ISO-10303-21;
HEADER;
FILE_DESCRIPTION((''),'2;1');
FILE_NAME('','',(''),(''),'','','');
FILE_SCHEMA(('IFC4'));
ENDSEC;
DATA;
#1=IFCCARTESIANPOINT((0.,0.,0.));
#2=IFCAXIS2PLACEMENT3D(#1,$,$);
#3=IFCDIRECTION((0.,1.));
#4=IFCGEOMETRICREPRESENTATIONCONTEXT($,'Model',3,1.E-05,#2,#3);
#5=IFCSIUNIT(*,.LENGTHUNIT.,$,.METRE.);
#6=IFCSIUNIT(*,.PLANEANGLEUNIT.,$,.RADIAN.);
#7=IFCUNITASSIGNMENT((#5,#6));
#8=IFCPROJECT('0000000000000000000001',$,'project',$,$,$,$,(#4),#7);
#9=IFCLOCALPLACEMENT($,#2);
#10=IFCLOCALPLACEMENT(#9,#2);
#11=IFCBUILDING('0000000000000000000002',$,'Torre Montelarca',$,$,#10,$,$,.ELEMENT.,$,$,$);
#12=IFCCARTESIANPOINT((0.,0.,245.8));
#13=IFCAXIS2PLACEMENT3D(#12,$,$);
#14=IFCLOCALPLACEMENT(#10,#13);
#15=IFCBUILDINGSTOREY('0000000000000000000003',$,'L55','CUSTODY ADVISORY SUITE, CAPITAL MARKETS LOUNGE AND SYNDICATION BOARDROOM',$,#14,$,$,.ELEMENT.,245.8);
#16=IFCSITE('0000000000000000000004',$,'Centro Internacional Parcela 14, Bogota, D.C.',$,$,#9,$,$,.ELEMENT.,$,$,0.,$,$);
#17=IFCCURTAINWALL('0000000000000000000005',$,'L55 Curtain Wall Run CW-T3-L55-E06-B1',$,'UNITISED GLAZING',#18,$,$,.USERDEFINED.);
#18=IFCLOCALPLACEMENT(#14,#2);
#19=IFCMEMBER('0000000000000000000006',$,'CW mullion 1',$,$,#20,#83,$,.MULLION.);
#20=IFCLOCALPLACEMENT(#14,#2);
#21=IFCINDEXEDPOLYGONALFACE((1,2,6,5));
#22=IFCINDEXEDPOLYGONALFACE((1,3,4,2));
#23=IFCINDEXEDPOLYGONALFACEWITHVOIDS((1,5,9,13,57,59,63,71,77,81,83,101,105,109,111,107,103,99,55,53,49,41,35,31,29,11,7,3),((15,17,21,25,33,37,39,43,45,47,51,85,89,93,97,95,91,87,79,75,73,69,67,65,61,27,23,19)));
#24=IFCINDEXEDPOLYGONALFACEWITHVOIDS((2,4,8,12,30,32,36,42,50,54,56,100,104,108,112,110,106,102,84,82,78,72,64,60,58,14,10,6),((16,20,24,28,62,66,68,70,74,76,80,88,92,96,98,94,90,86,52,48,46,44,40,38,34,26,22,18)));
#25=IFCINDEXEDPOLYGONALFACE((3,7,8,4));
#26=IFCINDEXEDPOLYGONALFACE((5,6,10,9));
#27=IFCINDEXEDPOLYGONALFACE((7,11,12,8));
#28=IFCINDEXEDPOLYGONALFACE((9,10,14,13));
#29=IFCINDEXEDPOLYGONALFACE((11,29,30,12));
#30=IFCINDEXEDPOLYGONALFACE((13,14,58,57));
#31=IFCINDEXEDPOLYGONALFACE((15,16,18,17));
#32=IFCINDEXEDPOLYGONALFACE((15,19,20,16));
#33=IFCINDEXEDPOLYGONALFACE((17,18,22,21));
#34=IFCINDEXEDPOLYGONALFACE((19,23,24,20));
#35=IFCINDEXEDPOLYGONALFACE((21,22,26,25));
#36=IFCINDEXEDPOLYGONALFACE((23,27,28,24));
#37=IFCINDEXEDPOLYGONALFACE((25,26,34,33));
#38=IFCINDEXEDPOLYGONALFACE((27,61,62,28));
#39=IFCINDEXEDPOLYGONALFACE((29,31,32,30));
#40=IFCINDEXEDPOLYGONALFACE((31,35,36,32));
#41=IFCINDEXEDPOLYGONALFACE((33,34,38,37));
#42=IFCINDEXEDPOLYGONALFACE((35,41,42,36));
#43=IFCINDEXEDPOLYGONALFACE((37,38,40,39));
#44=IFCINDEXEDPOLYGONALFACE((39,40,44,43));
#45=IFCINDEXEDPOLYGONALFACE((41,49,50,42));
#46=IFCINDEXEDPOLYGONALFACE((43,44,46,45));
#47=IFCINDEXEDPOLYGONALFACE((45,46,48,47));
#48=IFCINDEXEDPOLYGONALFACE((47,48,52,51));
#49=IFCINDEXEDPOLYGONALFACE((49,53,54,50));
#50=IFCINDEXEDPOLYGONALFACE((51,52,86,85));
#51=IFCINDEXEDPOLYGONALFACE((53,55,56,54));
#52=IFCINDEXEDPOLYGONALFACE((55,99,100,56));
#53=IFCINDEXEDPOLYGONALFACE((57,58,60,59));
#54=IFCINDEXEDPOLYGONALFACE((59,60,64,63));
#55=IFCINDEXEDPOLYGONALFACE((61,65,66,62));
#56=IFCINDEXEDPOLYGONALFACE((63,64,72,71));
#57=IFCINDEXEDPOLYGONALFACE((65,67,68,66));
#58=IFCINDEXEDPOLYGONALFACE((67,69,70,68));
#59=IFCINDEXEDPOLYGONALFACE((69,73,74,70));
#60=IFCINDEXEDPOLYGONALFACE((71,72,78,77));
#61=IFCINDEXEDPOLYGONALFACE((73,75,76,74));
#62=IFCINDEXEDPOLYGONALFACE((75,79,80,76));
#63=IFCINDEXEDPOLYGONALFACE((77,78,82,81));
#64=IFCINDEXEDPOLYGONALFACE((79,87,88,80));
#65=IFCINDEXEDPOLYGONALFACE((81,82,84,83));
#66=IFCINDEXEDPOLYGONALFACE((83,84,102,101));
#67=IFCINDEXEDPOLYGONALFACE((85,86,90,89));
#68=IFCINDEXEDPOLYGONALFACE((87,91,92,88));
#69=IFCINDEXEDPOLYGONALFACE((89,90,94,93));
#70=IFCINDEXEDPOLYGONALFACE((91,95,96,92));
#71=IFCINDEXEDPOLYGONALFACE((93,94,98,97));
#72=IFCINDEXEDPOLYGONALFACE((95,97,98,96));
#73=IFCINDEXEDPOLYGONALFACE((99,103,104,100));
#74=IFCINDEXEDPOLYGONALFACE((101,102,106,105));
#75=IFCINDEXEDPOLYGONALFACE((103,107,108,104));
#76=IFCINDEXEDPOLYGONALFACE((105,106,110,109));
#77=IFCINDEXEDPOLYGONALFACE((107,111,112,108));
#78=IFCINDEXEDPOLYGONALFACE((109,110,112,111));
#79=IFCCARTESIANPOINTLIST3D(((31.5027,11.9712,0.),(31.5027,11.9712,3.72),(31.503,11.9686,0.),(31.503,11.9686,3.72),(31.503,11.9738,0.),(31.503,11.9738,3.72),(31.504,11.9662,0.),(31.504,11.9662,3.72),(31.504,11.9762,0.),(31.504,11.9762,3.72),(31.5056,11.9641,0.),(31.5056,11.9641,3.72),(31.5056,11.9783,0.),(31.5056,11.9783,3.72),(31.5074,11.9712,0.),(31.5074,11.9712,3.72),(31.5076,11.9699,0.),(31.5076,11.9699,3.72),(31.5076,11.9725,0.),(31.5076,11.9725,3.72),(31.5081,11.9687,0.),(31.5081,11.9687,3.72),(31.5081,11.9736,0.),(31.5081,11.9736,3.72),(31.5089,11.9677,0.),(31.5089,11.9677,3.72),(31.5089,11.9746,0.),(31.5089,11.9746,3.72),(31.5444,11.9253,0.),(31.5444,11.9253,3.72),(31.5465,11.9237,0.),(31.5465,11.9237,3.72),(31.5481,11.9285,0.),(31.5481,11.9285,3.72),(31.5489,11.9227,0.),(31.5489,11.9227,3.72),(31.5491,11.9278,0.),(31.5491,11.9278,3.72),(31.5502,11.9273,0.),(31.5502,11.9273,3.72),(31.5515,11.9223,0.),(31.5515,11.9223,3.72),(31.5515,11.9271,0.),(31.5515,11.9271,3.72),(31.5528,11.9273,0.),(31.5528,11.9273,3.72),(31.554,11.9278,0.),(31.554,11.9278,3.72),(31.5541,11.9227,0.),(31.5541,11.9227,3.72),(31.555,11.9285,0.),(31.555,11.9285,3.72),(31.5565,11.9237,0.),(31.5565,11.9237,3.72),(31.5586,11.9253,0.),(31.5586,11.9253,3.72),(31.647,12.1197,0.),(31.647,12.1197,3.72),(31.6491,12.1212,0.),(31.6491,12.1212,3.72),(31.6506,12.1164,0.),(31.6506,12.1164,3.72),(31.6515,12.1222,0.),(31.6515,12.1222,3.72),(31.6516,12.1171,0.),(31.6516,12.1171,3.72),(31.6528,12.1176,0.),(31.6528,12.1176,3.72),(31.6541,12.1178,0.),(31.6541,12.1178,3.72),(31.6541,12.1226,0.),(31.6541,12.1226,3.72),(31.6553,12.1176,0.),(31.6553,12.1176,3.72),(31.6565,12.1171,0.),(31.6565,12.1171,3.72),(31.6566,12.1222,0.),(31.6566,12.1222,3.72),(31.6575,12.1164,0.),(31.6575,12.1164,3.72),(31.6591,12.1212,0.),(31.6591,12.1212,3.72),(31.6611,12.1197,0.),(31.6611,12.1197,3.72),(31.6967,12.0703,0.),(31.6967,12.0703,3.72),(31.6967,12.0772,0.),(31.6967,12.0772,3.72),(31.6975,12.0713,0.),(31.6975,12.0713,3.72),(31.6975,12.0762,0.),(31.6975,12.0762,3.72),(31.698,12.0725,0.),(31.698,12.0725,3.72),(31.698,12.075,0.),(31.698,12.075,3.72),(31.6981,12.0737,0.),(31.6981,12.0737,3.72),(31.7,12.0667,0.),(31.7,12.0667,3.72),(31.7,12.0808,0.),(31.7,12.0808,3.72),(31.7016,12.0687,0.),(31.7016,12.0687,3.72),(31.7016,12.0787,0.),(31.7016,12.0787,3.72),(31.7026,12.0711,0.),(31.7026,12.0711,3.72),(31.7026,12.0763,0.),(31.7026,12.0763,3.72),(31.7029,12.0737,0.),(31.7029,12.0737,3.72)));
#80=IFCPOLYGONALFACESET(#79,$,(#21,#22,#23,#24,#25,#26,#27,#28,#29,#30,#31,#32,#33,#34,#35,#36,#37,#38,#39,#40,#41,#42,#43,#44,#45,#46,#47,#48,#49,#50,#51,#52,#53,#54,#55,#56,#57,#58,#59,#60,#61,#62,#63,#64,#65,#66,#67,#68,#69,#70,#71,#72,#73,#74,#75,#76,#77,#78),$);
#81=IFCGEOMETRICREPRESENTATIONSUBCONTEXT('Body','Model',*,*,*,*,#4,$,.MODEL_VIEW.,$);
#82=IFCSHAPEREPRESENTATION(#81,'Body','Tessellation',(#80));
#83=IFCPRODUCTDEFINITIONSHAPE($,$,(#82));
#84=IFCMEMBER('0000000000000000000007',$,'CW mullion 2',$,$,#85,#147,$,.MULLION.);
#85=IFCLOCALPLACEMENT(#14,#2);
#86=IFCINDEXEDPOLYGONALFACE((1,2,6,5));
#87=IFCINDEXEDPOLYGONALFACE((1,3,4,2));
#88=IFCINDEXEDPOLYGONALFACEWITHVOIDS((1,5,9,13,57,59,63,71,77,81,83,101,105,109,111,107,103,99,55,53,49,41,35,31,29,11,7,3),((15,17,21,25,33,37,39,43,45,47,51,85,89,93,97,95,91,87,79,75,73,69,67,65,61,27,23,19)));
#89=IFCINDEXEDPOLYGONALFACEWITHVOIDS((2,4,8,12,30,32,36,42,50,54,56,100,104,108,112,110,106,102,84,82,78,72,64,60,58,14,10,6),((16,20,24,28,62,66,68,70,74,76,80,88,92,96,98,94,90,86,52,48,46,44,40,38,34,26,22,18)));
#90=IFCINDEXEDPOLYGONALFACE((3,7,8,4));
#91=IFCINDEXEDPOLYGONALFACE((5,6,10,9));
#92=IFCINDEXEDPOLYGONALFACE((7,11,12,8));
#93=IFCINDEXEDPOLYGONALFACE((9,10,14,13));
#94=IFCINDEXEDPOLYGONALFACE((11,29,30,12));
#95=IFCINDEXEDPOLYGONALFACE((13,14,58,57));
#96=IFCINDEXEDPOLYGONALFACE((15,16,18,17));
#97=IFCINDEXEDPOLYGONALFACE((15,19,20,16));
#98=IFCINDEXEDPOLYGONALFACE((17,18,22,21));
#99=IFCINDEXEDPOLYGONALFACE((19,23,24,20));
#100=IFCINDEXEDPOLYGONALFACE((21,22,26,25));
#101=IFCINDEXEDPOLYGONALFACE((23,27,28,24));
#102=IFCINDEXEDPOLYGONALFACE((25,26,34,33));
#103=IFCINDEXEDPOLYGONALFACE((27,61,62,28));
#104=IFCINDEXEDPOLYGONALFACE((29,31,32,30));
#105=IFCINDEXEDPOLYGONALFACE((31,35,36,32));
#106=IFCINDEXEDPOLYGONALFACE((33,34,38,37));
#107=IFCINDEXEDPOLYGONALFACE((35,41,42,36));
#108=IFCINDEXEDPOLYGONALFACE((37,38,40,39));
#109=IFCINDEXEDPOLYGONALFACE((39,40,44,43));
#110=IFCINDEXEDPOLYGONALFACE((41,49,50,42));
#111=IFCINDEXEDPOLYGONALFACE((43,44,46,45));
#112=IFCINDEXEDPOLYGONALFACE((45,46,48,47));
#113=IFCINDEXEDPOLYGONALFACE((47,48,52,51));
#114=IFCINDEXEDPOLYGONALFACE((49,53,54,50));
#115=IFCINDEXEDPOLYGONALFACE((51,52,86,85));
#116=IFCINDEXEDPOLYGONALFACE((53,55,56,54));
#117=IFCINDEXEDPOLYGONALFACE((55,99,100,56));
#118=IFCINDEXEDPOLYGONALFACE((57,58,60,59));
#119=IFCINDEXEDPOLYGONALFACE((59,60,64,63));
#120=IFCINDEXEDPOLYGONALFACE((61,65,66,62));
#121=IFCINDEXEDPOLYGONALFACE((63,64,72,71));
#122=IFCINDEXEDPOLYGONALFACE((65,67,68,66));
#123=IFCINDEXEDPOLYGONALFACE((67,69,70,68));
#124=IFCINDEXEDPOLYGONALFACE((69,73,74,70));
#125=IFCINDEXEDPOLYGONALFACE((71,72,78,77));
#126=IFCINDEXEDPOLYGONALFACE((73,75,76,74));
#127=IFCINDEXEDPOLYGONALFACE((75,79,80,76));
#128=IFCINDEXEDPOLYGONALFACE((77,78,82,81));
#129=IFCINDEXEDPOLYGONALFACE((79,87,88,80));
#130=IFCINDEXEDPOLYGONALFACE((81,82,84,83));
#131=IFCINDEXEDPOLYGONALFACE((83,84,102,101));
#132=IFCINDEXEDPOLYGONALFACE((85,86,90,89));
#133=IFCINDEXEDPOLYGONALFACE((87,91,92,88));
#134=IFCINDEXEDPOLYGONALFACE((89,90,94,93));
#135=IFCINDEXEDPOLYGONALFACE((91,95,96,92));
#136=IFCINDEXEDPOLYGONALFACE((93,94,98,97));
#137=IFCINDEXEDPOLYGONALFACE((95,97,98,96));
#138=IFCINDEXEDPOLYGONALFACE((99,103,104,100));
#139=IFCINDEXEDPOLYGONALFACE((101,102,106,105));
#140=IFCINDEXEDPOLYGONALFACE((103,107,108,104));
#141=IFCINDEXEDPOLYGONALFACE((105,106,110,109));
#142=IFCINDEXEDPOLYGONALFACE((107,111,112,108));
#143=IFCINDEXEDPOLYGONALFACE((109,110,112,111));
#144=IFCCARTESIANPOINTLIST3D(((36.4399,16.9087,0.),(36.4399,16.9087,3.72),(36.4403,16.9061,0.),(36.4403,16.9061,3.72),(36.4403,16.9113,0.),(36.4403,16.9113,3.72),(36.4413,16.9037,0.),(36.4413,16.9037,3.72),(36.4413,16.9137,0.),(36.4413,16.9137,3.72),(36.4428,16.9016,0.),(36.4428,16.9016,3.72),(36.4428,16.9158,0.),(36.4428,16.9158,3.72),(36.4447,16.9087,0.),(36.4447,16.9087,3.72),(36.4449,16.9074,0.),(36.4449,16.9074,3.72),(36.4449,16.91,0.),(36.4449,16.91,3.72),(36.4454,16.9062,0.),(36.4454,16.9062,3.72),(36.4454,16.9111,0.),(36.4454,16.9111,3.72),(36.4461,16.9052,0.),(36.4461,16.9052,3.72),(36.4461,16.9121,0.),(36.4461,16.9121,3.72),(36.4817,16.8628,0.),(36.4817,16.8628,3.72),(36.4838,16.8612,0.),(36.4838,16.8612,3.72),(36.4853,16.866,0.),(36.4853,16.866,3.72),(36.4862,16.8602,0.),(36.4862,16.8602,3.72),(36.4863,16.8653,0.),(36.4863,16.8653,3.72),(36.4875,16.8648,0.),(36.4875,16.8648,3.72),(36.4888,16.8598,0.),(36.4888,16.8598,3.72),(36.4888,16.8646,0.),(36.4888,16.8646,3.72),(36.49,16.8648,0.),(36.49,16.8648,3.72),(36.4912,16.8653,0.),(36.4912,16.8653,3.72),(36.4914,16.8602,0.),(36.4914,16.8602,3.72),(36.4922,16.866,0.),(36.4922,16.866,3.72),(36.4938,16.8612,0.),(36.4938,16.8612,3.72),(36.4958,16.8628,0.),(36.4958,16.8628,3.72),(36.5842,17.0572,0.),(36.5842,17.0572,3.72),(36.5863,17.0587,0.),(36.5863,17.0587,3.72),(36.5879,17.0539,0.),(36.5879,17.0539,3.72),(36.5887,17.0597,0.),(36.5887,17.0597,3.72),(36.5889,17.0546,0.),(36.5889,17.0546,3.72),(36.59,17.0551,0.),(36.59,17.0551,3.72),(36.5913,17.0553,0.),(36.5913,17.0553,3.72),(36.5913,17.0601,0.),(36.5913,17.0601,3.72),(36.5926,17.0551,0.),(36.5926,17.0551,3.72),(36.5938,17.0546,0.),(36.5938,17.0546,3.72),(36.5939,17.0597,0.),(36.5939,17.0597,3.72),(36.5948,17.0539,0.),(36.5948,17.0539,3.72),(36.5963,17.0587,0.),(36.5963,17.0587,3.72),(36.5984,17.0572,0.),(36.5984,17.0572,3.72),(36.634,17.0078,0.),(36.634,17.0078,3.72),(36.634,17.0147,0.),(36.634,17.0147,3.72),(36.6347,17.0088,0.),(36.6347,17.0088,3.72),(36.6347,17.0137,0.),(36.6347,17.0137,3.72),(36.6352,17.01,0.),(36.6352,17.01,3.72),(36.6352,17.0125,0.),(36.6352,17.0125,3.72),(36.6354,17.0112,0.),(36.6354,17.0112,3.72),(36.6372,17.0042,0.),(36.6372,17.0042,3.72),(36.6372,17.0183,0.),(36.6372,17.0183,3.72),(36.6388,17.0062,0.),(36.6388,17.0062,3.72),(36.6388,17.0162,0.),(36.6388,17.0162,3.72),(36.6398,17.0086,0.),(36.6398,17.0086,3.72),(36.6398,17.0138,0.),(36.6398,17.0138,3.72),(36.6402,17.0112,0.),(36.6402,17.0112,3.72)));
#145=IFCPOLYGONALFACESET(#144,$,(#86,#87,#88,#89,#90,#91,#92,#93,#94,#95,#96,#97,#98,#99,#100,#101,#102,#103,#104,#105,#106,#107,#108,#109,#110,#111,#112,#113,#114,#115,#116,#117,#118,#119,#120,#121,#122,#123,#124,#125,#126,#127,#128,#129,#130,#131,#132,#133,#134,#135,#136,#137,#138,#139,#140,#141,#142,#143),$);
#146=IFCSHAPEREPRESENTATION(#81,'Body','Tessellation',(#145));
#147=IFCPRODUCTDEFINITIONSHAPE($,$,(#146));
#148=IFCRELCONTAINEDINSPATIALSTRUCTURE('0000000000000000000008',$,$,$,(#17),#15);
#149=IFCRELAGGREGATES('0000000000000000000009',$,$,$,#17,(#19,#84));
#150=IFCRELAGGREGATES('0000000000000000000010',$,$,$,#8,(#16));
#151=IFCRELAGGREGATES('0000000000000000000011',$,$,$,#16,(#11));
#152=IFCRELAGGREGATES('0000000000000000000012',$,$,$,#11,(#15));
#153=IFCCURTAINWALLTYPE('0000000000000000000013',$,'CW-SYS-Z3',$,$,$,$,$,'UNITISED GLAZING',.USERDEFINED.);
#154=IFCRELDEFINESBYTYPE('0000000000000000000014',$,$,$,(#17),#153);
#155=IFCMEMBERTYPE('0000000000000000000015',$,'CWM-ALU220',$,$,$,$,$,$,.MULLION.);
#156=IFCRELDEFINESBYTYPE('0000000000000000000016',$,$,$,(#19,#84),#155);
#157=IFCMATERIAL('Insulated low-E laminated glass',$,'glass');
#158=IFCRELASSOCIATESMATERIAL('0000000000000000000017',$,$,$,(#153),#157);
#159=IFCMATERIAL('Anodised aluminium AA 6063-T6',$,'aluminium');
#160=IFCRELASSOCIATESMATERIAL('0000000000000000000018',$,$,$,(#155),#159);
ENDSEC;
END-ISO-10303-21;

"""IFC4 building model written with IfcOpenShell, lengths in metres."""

from ifc_helpers import new_model, si_unit, direction, frame, origin, origin_2d, place, context, subcontext, project, spatial, hollow_rectangle, extrude, source, transform, mapped, material, material_profile, profile_set, type_object, element, aggregate, save


model = new_model("IFC4")

# Units and contexts
model_context = context("Model", 3, precision=1e-05, world=origin(), true_north=direction((0.0, 1.0)))
body_context = subcontext(model_context, "Body", "Model", "MODEL_VIEW")
ifc_project = project(units=[si_unit("LENGTHUNIT", "METRE"), si_unit("PLANEANGLEUNIT", "RADIAN")], contexts=[model_context])

# Site, building, storey
site_placement = place(None, origin())
site = spatial("IfcSite", under=ifc_project, at=site_placement, Name="Centro Internacional Parcela 14, Bogota, D.C.", CompositionType="ELEMENT", RefElevation=0.0)
building_placement = place(site_placement, origin())
building = spatial("IfcBuilding", under=site, at=building_placement, Name="Torre Montelarca", CompositionType="ELEMENT")
storey_placement = place(building_placement, frame((0.0, 0.0, 245.8)))
storey = spatial("IfcBuildingStorey", under=building, at=storey_placement, Name="L55", Description="CUSTODY ADVISORY SUITE, CAPITAL MARKETS LOUNGE AND SYNDICATION BOARDROOM", CompositionType="ELEMENT", Elevation=245.8)

# Curtain wall, members
ifc_material_1 = material(Name="Insulated low-E laminated glass", Category="glass")
curtain_wall_type = type_object("IfcCurtainWallType", Name="CW-SYS-Z3", ElementType="UNITISED GLAZING", PredefinedType="USERDEFINED", material=ifc_material_1)
ifc_material_2 = material(Name="Anodised aluminium AA 6063-T6", Category="aluminium")
curtain_wall_1_placement = place(storey_placement, origin())
curtain_wall_1 = element("IfcCurtainWall", 1, at=curtain_wall_1_placement, inside=storey, type_object=curtain_wall_type, Name="L55 Curtain Wall Run CW-T3-L55-E06-B1", ObjectType="UNITISED GLAZING", PredefinedType="USERDEFINED")
ifc_material_profile_1 = material_profile(ifc_material_2, hollow_rectangle(XDim=0.075, YDim=0.22, WallThickness=0.0049, InnerFilletRadius=0.0049, OuterFilletRadius=0.01, at=origin_2d()), Name="ALU75X220X5", Category="aluminium")
ifc_profile_set_1 = profile_set([ifc_material_profile_1], Name="Anodised aluminium AA 6063-T6")
member_type_1 = type_object("IfcMemberType", Name="CWM-ALU220", PredefinedType="MULLION", material=ifc_profile_set_1)
shared_shape_1 = source(origin(), body_context, "Body", "SweptSolid", [
    extrude(hollow_rectangle(XDim=0.075, YDim=0.22, WallThickness=0.0049, InnerFilletRadius=0.0049, OuterFilletRadius=0.01, at=origin_2d()), origin(), (0.0, 0.0, 1.0), 3.72),
])
member_1_placement = place(storey_placement, frame((31.6028, 12.0225, 0.0), z_axis=(0.0, 0.0, 1.0), x_axis=(-0.707107, 0.707107, 0.0)))
member_1 = element("IfcMember", 2, at=member_1_placement, type_object=member_type_1, Name="CW mullion 1", PredefinedType="MULLION", context=body_context, shape_type="MappedRepresentation", body=[
    mapped(shared_shape_1, transform((0.0, 0.0, 0.0), scale=1.0)),
])
member_2_placement = place(storey_placement, frame((36.54, 16.96, 0.0), z_axis=(0.0, 0.0, 1.0), x_axis=(-0.707107, 0.707107, 0.0)))
member_2 = element("IfcMember", 3, at=member_2_placement, type_object=member_type_1, Name="CW mullion 2", PredefinedType="MULLION", context=body_context, shape_type="MappedRepresentation", body=[
    mapped(shared_shape_1, transform((0.0, 0.0, 0.0), scale=1.0)),
])

aggregate(curtain_wall_1, [member_1, member_2])

save(model, "model.ifc")
